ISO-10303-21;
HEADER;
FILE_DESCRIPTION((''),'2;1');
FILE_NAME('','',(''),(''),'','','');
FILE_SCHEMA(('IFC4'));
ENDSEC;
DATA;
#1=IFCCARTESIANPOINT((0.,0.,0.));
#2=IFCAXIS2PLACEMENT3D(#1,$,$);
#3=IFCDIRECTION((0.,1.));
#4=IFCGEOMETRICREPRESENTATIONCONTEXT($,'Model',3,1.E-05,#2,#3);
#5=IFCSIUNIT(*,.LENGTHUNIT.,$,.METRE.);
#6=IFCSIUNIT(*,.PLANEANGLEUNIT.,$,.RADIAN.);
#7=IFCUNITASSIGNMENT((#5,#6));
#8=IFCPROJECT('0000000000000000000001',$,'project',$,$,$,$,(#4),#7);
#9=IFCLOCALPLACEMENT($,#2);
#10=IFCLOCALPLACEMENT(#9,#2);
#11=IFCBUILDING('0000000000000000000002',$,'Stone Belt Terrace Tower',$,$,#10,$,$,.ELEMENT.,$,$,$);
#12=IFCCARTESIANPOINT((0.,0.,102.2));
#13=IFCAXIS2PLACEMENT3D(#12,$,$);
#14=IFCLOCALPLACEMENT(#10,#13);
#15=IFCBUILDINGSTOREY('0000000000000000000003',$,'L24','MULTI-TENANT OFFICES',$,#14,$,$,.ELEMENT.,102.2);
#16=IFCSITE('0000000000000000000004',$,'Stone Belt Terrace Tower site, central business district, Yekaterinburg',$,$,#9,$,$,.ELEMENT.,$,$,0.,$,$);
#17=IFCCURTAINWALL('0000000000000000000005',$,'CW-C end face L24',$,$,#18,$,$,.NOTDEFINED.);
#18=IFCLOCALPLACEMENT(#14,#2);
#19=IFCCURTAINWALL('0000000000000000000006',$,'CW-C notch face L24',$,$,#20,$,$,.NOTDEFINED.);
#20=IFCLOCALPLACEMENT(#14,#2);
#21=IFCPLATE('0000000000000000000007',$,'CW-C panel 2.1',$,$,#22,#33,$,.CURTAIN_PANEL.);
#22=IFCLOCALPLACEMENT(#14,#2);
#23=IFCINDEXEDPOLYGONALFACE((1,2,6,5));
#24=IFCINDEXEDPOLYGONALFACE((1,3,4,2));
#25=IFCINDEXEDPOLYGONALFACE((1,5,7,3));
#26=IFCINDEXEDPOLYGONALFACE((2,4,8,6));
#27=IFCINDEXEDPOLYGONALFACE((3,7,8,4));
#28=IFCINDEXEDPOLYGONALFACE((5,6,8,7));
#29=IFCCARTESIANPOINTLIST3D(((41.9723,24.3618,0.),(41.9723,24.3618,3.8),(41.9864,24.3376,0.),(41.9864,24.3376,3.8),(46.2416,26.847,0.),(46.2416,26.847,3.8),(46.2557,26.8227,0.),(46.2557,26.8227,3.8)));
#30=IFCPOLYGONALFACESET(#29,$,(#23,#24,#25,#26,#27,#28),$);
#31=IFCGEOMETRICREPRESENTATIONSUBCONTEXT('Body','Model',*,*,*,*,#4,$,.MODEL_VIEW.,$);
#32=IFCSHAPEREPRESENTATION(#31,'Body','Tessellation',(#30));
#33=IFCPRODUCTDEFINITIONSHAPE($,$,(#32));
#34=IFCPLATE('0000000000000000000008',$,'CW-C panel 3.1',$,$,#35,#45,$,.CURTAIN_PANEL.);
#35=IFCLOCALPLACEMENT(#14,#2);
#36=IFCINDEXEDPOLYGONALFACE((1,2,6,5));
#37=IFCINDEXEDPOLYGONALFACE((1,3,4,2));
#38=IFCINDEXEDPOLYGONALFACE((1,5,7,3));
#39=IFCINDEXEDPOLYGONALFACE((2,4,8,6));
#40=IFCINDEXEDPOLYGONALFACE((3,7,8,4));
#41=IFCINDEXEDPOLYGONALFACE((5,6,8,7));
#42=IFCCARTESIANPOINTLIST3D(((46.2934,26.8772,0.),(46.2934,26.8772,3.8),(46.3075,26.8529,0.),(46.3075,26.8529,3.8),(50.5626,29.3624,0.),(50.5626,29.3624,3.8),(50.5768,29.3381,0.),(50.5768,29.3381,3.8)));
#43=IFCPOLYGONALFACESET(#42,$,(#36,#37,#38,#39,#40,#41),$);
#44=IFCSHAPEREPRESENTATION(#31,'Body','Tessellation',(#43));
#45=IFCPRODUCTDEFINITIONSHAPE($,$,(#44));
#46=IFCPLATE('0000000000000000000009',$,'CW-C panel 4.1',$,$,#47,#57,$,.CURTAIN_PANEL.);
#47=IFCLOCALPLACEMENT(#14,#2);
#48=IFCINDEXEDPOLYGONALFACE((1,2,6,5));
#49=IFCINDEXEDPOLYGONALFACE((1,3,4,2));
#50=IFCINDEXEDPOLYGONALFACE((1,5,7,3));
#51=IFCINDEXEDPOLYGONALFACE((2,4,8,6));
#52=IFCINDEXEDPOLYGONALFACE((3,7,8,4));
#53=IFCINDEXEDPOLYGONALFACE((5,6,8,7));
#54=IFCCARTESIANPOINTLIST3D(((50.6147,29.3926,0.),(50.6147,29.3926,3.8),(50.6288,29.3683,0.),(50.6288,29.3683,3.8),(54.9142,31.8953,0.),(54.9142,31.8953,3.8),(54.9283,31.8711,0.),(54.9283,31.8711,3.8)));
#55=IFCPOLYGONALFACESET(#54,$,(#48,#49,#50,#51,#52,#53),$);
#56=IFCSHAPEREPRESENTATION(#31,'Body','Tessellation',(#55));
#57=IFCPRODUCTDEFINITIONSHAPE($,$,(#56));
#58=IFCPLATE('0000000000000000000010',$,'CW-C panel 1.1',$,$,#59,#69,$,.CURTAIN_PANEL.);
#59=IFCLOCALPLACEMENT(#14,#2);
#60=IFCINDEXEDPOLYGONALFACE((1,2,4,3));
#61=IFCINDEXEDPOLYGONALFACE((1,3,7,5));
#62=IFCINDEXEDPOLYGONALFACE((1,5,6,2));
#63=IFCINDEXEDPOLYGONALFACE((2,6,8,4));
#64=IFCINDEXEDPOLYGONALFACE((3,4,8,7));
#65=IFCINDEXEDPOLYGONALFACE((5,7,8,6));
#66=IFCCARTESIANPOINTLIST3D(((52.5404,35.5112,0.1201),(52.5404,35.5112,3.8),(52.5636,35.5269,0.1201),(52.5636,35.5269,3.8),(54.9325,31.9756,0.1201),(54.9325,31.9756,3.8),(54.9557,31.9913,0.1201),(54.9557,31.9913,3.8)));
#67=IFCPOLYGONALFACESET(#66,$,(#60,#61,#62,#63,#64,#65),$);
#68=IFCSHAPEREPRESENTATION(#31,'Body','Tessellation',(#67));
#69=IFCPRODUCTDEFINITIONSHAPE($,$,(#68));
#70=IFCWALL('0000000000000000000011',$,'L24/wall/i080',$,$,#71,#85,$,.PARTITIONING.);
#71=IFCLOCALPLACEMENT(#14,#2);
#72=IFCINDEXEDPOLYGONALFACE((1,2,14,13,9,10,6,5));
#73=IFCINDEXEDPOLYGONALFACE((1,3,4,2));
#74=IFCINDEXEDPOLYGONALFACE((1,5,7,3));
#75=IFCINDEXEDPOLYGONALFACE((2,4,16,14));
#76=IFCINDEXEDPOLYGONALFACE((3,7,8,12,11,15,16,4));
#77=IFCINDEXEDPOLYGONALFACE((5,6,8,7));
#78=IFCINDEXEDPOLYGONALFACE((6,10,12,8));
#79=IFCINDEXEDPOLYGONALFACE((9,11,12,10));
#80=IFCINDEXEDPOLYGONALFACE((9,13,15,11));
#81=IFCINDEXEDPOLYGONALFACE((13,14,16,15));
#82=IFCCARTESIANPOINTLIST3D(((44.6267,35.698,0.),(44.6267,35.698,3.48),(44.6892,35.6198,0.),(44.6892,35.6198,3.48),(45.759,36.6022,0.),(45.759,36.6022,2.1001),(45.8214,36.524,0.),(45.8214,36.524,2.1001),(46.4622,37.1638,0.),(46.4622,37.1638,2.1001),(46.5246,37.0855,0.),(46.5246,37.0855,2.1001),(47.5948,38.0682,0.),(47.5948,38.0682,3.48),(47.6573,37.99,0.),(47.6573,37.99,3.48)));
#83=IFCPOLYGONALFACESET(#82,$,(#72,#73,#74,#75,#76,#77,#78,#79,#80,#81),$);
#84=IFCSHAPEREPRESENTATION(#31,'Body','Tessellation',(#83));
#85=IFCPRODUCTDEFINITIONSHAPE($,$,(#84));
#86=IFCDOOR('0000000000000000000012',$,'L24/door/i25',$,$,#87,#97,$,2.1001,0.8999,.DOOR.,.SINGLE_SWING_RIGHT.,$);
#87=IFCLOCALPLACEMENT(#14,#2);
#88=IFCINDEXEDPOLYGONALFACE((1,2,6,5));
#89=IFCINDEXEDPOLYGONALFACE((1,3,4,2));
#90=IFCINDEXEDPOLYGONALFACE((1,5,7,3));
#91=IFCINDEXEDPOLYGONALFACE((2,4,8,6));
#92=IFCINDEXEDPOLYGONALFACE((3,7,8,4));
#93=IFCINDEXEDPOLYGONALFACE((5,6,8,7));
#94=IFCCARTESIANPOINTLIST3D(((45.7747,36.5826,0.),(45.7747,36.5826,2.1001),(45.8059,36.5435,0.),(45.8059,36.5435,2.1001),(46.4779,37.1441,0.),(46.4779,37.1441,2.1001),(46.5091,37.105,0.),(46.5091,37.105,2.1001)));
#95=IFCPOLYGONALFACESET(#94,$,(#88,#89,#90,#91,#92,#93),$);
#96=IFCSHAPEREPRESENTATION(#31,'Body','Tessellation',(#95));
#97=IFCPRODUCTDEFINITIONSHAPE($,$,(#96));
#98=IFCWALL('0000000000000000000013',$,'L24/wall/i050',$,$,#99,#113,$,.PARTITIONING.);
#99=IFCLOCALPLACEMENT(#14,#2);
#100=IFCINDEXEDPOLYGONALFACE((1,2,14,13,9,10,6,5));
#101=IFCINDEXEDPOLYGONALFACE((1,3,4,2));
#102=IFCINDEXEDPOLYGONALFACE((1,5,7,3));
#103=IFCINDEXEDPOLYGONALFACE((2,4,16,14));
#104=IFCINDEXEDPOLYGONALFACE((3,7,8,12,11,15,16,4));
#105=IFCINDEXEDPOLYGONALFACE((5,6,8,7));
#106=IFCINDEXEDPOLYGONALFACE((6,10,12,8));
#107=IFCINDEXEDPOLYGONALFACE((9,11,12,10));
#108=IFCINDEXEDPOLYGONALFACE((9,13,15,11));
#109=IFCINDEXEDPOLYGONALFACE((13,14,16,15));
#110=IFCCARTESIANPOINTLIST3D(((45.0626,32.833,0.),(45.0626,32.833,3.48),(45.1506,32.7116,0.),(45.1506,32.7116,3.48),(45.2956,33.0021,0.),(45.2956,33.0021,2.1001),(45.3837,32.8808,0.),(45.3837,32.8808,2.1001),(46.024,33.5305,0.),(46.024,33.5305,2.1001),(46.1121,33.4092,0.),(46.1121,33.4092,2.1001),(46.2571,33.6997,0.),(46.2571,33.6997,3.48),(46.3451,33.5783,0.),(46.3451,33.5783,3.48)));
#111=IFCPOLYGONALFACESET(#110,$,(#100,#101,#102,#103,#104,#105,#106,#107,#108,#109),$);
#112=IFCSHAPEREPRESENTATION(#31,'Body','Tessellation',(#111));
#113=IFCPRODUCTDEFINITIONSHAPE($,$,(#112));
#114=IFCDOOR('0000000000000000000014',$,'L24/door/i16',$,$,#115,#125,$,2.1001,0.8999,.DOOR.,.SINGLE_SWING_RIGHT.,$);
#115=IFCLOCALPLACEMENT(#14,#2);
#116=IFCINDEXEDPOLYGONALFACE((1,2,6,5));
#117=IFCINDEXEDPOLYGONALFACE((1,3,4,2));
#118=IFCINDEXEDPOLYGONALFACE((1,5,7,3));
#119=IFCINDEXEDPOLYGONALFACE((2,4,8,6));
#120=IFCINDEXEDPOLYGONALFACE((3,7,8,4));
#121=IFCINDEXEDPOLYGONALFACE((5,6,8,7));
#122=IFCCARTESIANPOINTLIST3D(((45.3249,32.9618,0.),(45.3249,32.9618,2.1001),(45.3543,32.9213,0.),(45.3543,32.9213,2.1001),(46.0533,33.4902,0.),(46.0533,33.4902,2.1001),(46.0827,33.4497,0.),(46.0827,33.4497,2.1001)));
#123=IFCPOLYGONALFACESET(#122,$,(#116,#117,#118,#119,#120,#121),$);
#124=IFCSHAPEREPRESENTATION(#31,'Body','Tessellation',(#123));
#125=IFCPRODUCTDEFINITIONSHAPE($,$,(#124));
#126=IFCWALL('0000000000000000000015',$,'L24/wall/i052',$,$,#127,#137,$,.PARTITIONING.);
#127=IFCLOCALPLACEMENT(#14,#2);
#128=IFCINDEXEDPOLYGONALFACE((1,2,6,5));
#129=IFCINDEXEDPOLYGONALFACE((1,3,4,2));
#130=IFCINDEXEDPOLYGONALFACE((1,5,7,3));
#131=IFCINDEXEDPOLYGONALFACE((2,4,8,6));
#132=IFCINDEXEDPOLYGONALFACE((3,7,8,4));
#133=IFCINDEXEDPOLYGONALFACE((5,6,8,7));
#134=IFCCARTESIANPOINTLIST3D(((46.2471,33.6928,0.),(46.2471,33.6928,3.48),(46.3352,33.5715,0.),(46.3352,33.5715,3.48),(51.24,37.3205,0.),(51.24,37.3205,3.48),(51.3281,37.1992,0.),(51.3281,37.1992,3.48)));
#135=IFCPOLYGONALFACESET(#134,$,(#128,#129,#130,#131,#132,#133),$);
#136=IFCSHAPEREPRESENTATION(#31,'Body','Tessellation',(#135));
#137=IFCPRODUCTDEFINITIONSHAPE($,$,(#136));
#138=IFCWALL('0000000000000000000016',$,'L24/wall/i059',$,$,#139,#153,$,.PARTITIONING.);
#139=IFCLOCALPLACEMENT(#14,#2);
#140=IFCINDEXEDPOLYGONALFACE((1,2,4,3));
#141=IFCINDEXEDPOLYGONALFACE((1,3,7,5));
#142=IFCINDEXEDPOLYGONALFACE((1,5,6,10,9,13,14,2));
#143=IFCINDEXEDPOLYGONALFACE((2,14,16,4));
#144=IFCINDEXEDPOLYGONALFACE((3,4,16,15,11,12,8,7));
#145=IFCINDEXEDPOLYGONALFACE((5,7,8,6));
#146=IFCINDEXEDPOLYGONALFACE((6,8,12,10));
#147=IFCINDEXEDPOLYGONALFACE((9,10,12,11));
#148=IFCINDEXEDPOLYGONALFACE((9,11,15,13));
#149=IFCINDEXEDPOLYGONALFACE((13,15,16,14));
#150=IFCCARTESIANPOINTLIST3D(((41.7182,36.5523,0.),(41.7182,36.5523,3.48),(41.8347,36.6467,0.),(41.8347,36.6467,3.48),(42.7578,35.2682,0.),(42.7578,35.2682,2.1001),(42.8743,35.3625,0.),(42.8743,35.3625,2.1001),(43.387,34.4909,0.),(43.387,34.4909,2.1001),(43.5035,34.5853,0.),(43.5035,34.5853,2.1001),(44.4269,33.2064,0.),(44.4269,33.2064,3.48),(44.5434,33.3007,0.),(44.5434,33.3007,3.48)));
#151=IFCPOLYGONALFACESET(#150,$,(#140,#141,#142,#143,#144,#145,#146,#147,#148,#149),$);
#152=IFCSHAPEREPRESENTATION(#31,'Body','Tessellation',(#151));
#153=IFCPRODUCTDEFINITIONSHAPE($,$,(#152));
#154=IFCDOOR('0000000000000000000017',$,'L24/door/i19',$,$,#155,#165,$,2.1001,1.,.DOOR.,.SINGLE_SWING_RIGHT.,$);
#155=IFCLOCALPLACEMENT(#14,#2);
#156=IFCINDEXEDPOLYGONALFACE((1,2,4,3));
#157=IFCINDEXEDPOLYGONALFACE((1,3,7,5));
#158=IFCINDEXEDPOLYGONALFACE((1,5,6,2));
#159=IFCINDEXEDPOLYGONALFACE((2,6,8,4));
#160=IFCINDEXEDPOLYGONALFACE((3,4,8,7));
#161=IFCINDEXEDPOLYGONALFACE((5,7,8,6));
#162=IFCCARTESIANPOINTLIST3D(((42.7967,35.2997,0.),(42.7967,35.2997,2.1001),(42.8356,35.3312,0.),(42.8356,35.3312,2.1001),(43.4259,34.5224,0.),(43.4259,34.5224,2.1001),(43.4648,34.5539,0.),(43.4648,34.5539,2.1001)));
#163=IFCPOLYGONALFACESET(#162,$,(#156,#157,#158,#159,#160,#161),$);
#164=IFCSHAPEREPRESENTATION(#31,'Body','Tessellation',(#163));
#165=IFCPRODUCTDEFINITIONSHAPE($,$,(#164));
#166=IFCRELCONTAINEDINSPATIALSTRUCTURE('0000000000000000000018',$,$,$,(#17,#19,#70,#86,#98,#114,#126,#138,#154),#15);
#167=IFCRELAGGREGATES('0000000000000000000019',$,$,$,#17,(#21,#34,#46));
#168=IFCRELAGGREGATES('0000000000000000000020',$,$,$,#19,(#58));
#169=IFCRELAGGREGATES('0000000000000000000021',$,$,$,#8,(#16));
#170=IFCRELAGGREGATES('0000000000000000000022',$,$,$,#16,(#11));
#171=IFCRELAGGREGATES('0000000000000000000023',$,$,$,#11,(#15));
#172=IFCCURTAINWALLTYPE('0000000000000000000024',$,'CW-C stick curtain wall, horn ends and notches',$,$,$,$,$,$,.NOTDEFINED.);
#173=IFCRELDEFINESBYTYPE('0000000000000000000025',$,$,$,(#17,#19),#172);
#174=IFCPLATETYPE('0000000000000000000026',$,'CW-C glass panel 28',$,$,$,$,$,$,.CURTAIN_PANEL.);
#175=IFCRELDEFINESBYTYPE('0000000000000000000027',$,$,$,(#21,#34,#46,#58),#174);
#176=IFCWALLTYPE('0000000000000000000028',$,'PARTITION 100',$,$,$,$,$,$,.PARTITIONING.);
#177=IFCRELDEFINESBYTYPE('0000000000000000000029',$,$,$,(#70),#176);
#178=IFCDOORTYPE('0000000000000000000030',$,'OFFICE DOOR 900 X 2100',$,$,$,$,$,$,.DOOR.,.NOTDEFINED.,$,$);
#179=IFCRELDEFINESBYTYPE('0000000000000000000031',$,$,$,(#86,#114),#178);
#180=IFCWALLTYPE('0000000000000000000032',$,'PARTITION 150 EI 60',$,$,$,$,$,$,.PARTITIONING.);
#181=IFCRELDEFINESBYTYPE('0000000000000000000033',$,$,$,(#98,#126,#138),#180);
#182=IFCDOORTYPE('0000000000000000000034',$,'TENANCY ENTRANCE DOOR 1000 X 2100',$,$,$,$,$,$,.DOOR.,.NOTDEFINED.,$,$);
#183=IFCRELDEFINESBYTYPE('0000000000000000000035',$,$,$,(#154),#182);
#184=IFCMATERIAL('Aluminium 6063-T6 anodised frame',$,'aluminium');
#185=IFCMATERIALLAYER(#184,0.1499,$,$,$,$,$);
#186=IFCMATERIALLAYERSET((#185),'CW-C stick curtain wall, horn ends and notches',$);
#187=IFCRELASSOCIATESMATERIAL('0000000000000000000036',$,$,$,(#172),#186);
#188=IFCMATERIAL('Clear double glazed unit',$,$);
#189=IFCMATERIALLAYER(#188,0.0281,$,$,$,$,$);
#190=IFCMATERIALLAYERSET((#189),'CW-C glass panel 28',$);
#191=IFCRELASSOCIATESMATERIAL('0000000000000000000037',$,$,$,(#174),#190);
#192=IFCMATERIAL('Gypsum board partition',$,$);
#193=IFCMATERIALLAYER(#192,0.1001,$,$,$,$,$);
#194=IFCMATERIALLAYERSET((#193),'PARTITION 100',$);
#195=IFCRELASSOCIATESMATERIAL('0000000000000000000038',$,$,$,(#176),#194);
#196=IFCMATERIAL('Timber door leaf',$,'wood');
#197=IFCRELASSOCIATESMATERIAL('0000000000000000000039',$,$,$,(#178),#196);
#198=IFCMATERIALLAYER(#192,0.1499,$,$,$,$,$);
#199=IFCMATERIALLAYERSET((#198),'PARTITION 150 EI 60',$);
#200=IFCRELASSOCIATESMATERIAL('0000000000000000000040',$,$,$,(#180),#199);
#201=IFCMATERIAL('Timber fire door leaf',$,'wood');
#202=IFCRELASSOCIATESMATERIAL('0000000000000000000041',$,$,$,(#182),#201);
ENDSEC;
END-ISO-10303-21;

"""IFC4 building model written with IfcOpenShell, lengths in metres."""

from ifc_helpers import new_model, si_unit, direction, frame, frame_2d, origin, origin_2d, place, context, subcontext, project, spatial, rectangle, extrude, material, layer, layer_set, type_object, element, fill, aggregate, save


model = new_model("IFC4")

# Units and contexts
model_context = context("Model", 3, precision=1e-05, world=origin(), true_north=direction((0.0, 1.0)))
body_context = subcontext(model_context, "Body", "Model", "MODEL_VIEW")
ifc_project = project(units=[si_unit("LENGTHUNIT", "METRE"), si_unit("PLANEANGLEUNIT", "RADIAN")], contexts=[model_context])

# Site, building, storey
site_placement = place(None, origin())
site = spatial("IfcSite", under=ifc_project, at=site_placement, Name="Stone Belt Terrace Tower site, central business district, Yekaterinburg", CompositionType="ELEMENT", RefElevation=0.0)
building_placement = place(site_placement, origin())
building = spatial("IfcBuilding", under=site, at=building_placement, Name="Stone Belt Terrace Tower", CompositionType="ELEMENT")
storey_placement = place(building_placement, frame((0.0, 0.0, 102.2)))
storey = spatial("IfcBuildingStorey", under=building, at=storey_placement, Name="L24", Description="MULTI-TENANT OFFICES", CompositionType="ELEMENT", Elevation=102.2)

# Curtain walls
ifc_material_1 = material(Name="Aluminium 6063-T6 anodised frame", Category="aluminium")
ifc_layer_1 = layer(ifc_material_1, 0.1499)
ifc_layer_set_1 = layer_set([ifc_layer_1], Name="CW-C stick curtain wall, horn ends and notches")
curtain_wall_type = type_object("IfcCurtainWallType", Name="CW-C stick curtain wall, horn ends and notches", PredefinedType="NOTDEFINED", material=ifc_layer_set_1)
curtain_wall_1_placement = place(storey_placement, origin())
curtain_wall_1 = element("IfcCurtainWall", 1, at=curtain_wall_1_placement, inside=storey, type_object=curtain_wall_type, Name="CW-C end face L24", PredefinedType="NOTDEFINED")
curtain_wall_2_placement = place(storey_placement, origin())
curtain_wall_2 = element("IfcCurtainWall", 2, at=curtain_wall_2_placement, inside=storey, type_object=curtain_wall_type, Name="CW-C notch face L24", PredefinedType="NOTDEFINED")

# Plates
ifc_material_2 = material(Name="Clear double glazed unit")
ifc_layer_2 = layer(ifc_material_2, 0.0281)
ifc_layer_set_2 = layer_set([ifc_layer_2], Name="CW-C glass panel 28")
plate_type = type_object("IfcPlateType", Name="CW-C glass panel 28", PredefinedType="CURTAIN_PANEL", material=ifc_layer_set_2)
plate_1_placement = place(storey_placement, frame((44.114, 25.5923, 0.0), z_axis=(0.0, 0.0, 1.0), x_axis=(0.864239, 0.503081, 0.0)))
plate_1 = element("IfcPlate", 3, at=plate_1_placement, type_object=plate_type, Name="CW-C panel 2.1", PredefinedType="CURTAIN_PANEL", context=body_context, shape_type="SweptSolid", body=[
    extrude(rectangle(XDim=4.9399, YDim=0.0281, at=origin_2d()), origin(), (0.0, 0.0, 1.0), 3.8),
])
plate_2_placement = place(storey_placement, frame((48.4351, 28.1077, 0.0), z_axis=(0.0, 0.0, 1.0), x_axis=(0.864239, 0.503081, 0.0)))
plate_2 = element("IfcPlate", 4, at=plate_2_placement, type_object=plate_type, Name="CW-C panel 3.1", PredefinedType="CURTAIN_PANEL", context=body_context, shape_type="SweptSolid", body=[
    extrude(rectangle(XDim=4.9399, YDim=0.0281, at=origin_2d()), origin(), (0.0, 0.0, 1.0), 3.8),
])
plate_3_placement = place(storey_placement, frame((52.7715, 30.6318, 0.0), z_axis=(0.0, 0.0, 1.0), x_axis=(0.864239, 0.503081, 0.0)))
plate_3 = element("IfcPlate", 5, at=plate_3_placement, type_object=plate_type, Name="CW-C panel 4.1", PredefinedType="CURTAIN_PANEL", context=body_context, shape_type="SweptSolid", body=[
    extrude(rectangle(XDim=4.9749, YDim=0.0281, at=origin_2d()), origin(), (0.0, 0.0, 1.0), 3.8),
])
aggregate(curtain_wall_1, [plate_1, plate_2, plate_3])
plate_4_placement = place(storey_placement, frame((53.748, 33.7512, 0.1201), z_axis=(0.0, 0.0, 1.0), x_axis=(-0.560367, 0.828244, 0.0)))
plate_4 = element("IfcPlate", 6, at=plate_4_placement, type_object=plate_type, Name="CW-C panel 1.1", PredefinedType="CURTAIN_PANEL", context=body_context, shape_type="SweptSolid", body=[
    extrude(rectangle(XDim=4.2688, YDim=0.0281, at=origin_2d()), origin(), (0.0, 0.0, 1.0), 3.6799),
])
aggregate(curtain_wall_2, [plate_4])

# Walls, openings, doors
ifc_material_3 = material(Name="Gypsum board partition")
ifc_layer_3 = layer(ifc_material_3, 0.1001)
ifc_layer_set_3 = layer_set([ifc_layer_3], Name="PARTITION 100")
wall_type_1 = type_object("IfcWallType", Name="PARTITION 100", PredefinedType="PARTITIONING", material=ifc_layer_set_3)
wall_1_placement = place(storey_placement, frame((44.658, 35.6589, 0.0), z_axis=(0.0, 0.0, 1.0), x_axis=(0.78142, 0.624005, 0.0)))
wall_1 = element("IfcWall", 7, at=wall_1_placement, inside=storey, type_object=wall_type_1, Name="L24/wall/i080", PredefinedType="PARTITIONING", context=body_context, shape_type="SweptSolid", body=[
    extrude(rectangle(XDim=3.7983, YDim=0.1001, at=frame_2d((1.8992, 0.0))), origin(), (0.0, 0.0, 1.0), 3.48),
])
opening_1_placement = place(wall_1_placement, frame((1.449, 0.0, 0.0)))
opening_1 = element("IfcOpeningElement", 8, at=opening_1_placement, cuts=wall_1, PredefinedType="OPENING", context=body_context, shape_type="SweptSolid", body=[
    extrude(rectangle(XDim=0.8999, YDim=2.1001, at=frame_2d((0.45, 1.05))), frame((0.0, 0.0601, 0.0), z_axis=(0.0, -1.0, 0.0), x_axis=(1.0, 0.0, 0.0)), (0.0, 0.0, 1.0), 0.1201),
])
ifc_material_4 = material(Name="Timber door leaf", Category="wood")
door_type_1 = type_object("IfcDoorType", Name="OFFICE DOOR 900 X 2100", OperationType="NOTDEFINED", PredefinedType="DOOR", material=ifc_material_4)
door_1_placement = place(opening_1_placement, origin())
door_1 = element("IfcDoor", 9, at=door_1_placement, inside=storey, type_object=door_type_1, Name="L24/door/i25", OperationType="SINGLE_SWING_RIGHT", OverallHeight=2.1001, OverallWidth=0.8999, PredefinedType="DOOR", context=body_context, shape_type="SweptSolid", body=[
    extrude(rectangle(XDim=0.8999, YDim=2.1001, at=frame_2d((0.45, 1.05))), frame((0.0, 0.0249, 0.0), z_axis=(0.0, -1.0, 0.0), x_axis=(1.0, 0.0, 0.0)), (0.0, 0.0, 1.0), 0.05),
])
fill(opening_1, door_1)
ifc_layer_4 = layer(ifc_material_3, 0.1499)
ifc_layer_set_4 = layer_set([ifc_layer_4], Name="PARTITION 150 EI 60")
wall_type_2 = type_object("IfcWallType", Name="PARTITION 150 EI 60", PredefinedType="PARTITIONING", material=ifc_layer_set_4)
wall_2_placement = place(storey_placement, frame((46.301, 33.6389, 0.0), z_axis=(0.0, 0.0, 1.0), x_axis=(-0.809408, -0.587247, 0.0)))
wall_2 = element("IfcWall", 10, at=wall_2_placement, inside=storey, type_object=wall_type_2, Name="L24/wall/i050", PredefinedType="PARTITIONING", context=body_context, shape_type="SweptSolid", body=[
    extrude(rectangle(XDim=1.4758, YDim=0.1499, at=frame_2d((0.7378, 0.0))), origin(), (0.0, 0.0, 1.0), 3.48),
])
opening_2_placement = place(wall_2_placement, frame((0.2878, 0.0, 0.0)))
opening_2 = element("IfcOpeningElement", 11, at=opening_2_placement, cuts=wall_2, PredefinedType="OPENING", context=body_context, shape_type="SweptSolid", body=[
    extrude(rectangle(XDim=0.8999, YDim=2.1001, at=frame_2d((0.45, 1.05))), frame((0.0, 0.085, 0.0), z_axis=(0.0, -1.0, 0.0), x_axis=(1.0, 0.0, 0.0)), (0.0, 0.0, 1.0), 0.1699),
])
door_2_placement = place(opening_2_placement, origin())
door_2 = element("IfcDoor", 12, at=door_2_placement, inside=storey, type_object=door_type_1, Name="L24/door/i16", OperationType="SINGLE_SWING_RIGHT", OverallHeight=2.1001, OverallWidth=0.8999, PredefinedType="DOOR", context=body_context, shape_type="SweptSolid", body=[
    extrude(rectangle(XDim=0.8999, YDim=2.1001, at=frame_2d((0.45, 1.05))), frame((0.0, 0.0249, 0.0), z_axis=(0.0, -1.0, 0.0), x_axis=(1.0, 0.0, 0.0)), (0.0, 0.0, 1.0), 0.05),
])
fill(opening_2, door_2)

# Wall
wall_3_placement = place(storey_placement, frame((46.291, 33.6321, 0.0), z_axis=(0.0, 0.0, 1.0), x_axis=(0.809008, 0.587798, 0.0)))
element("IfcWall", 13, at=wall_3_placement, inside=storey, type_object=wall_type_2, Name="L24/wall/i052", PredefinedType="PARTITIONING", context=body_context, shape_type="SweptSolid", body=[
    extrude(rectangle(XDim=6.1716, YDim=0.1499, at=frame_2d((3.0859, 0.0))), origin(), (0.0, 0.0, 1.0), 3.48),
])

# Wall, opening, door
wall_4_placement = place(storey_placement, frame((44.4851, 33.2537, 0.0), z_axis=(0.0, 0.0, 1.0), x_axis=(-0.629215, 0.777232, 0.0)))
wall_4 = element("IfcWall", 14, at=wall_4_placement, inside=storey, type_object=wall_type_2, Name="L24/wall/i059", PredefinedType="PARTITIONING", context=body_context, shape_type="SweptSolid", body=[
    extrude(rectangle(XDim=4.3049, YDim=0.1499, at=frame_2d((2.1523, 0.0))), origin(), (0.0, 0.0, 1.0), 3.48),
])
opening_3_placement = place(wall_4_placement, frame((1.6526, 0.0, 0.0)))
opening_3 = element("IfcOpeningElement", 15, at=opening_3_placement, cuts=wall_4, PredefinedType="OPENING", context=body_context, shape_type="SweptSolid", body=[
    extrude(rectangle(XDim=1.0, YDim=2.1001, at=frame_2d((0.5, 1.05))), frame((0.0, 0.085, 0.0), z_axis=(0.0, -1.0, 0.0), x_axis=(1.0, 0.0, 0.0)), (0.0, 0.0, 1.0), 0.1699),
])
ifc_material_5 = material(Name="Timber fire door leaf", Category="wood")
door_type_2 = type_object("IfcDoorType", Name="TENANCY ENTRANCE DOOR 1000 X 2100", OperationType="NOTDEFINED", PredefinedType="DOOR", material=ifc_material_5)
door_3_placement = place(opening_3_placement, origin())
door_3 = element("IfcDoor", 16, at=door_3_placement, inside=storey, type_object=door_type_2, Name="L24/door/i19", OperationType="SINGLE_SWING_RIGHT", OverallHeight=2.1001, OverallWidth=1.0, PredefinedType="DOOR", context=body_context, shape_type="SweptSolid", body=[
    extrude(rectangle(XDim=1.0, YDim=2.1001, at=frame_2d((0.5, 1.05))), frame((0.0, 0.0249, 0.0), z_axis=(0.0, -1.0, 0.0), x_axis=(1.0, 0.0, 0.0)), (0.0, 0.0, 1.0), 0.05),
])
fill(opening_3, door_3)

save(model, "model.ifc")
